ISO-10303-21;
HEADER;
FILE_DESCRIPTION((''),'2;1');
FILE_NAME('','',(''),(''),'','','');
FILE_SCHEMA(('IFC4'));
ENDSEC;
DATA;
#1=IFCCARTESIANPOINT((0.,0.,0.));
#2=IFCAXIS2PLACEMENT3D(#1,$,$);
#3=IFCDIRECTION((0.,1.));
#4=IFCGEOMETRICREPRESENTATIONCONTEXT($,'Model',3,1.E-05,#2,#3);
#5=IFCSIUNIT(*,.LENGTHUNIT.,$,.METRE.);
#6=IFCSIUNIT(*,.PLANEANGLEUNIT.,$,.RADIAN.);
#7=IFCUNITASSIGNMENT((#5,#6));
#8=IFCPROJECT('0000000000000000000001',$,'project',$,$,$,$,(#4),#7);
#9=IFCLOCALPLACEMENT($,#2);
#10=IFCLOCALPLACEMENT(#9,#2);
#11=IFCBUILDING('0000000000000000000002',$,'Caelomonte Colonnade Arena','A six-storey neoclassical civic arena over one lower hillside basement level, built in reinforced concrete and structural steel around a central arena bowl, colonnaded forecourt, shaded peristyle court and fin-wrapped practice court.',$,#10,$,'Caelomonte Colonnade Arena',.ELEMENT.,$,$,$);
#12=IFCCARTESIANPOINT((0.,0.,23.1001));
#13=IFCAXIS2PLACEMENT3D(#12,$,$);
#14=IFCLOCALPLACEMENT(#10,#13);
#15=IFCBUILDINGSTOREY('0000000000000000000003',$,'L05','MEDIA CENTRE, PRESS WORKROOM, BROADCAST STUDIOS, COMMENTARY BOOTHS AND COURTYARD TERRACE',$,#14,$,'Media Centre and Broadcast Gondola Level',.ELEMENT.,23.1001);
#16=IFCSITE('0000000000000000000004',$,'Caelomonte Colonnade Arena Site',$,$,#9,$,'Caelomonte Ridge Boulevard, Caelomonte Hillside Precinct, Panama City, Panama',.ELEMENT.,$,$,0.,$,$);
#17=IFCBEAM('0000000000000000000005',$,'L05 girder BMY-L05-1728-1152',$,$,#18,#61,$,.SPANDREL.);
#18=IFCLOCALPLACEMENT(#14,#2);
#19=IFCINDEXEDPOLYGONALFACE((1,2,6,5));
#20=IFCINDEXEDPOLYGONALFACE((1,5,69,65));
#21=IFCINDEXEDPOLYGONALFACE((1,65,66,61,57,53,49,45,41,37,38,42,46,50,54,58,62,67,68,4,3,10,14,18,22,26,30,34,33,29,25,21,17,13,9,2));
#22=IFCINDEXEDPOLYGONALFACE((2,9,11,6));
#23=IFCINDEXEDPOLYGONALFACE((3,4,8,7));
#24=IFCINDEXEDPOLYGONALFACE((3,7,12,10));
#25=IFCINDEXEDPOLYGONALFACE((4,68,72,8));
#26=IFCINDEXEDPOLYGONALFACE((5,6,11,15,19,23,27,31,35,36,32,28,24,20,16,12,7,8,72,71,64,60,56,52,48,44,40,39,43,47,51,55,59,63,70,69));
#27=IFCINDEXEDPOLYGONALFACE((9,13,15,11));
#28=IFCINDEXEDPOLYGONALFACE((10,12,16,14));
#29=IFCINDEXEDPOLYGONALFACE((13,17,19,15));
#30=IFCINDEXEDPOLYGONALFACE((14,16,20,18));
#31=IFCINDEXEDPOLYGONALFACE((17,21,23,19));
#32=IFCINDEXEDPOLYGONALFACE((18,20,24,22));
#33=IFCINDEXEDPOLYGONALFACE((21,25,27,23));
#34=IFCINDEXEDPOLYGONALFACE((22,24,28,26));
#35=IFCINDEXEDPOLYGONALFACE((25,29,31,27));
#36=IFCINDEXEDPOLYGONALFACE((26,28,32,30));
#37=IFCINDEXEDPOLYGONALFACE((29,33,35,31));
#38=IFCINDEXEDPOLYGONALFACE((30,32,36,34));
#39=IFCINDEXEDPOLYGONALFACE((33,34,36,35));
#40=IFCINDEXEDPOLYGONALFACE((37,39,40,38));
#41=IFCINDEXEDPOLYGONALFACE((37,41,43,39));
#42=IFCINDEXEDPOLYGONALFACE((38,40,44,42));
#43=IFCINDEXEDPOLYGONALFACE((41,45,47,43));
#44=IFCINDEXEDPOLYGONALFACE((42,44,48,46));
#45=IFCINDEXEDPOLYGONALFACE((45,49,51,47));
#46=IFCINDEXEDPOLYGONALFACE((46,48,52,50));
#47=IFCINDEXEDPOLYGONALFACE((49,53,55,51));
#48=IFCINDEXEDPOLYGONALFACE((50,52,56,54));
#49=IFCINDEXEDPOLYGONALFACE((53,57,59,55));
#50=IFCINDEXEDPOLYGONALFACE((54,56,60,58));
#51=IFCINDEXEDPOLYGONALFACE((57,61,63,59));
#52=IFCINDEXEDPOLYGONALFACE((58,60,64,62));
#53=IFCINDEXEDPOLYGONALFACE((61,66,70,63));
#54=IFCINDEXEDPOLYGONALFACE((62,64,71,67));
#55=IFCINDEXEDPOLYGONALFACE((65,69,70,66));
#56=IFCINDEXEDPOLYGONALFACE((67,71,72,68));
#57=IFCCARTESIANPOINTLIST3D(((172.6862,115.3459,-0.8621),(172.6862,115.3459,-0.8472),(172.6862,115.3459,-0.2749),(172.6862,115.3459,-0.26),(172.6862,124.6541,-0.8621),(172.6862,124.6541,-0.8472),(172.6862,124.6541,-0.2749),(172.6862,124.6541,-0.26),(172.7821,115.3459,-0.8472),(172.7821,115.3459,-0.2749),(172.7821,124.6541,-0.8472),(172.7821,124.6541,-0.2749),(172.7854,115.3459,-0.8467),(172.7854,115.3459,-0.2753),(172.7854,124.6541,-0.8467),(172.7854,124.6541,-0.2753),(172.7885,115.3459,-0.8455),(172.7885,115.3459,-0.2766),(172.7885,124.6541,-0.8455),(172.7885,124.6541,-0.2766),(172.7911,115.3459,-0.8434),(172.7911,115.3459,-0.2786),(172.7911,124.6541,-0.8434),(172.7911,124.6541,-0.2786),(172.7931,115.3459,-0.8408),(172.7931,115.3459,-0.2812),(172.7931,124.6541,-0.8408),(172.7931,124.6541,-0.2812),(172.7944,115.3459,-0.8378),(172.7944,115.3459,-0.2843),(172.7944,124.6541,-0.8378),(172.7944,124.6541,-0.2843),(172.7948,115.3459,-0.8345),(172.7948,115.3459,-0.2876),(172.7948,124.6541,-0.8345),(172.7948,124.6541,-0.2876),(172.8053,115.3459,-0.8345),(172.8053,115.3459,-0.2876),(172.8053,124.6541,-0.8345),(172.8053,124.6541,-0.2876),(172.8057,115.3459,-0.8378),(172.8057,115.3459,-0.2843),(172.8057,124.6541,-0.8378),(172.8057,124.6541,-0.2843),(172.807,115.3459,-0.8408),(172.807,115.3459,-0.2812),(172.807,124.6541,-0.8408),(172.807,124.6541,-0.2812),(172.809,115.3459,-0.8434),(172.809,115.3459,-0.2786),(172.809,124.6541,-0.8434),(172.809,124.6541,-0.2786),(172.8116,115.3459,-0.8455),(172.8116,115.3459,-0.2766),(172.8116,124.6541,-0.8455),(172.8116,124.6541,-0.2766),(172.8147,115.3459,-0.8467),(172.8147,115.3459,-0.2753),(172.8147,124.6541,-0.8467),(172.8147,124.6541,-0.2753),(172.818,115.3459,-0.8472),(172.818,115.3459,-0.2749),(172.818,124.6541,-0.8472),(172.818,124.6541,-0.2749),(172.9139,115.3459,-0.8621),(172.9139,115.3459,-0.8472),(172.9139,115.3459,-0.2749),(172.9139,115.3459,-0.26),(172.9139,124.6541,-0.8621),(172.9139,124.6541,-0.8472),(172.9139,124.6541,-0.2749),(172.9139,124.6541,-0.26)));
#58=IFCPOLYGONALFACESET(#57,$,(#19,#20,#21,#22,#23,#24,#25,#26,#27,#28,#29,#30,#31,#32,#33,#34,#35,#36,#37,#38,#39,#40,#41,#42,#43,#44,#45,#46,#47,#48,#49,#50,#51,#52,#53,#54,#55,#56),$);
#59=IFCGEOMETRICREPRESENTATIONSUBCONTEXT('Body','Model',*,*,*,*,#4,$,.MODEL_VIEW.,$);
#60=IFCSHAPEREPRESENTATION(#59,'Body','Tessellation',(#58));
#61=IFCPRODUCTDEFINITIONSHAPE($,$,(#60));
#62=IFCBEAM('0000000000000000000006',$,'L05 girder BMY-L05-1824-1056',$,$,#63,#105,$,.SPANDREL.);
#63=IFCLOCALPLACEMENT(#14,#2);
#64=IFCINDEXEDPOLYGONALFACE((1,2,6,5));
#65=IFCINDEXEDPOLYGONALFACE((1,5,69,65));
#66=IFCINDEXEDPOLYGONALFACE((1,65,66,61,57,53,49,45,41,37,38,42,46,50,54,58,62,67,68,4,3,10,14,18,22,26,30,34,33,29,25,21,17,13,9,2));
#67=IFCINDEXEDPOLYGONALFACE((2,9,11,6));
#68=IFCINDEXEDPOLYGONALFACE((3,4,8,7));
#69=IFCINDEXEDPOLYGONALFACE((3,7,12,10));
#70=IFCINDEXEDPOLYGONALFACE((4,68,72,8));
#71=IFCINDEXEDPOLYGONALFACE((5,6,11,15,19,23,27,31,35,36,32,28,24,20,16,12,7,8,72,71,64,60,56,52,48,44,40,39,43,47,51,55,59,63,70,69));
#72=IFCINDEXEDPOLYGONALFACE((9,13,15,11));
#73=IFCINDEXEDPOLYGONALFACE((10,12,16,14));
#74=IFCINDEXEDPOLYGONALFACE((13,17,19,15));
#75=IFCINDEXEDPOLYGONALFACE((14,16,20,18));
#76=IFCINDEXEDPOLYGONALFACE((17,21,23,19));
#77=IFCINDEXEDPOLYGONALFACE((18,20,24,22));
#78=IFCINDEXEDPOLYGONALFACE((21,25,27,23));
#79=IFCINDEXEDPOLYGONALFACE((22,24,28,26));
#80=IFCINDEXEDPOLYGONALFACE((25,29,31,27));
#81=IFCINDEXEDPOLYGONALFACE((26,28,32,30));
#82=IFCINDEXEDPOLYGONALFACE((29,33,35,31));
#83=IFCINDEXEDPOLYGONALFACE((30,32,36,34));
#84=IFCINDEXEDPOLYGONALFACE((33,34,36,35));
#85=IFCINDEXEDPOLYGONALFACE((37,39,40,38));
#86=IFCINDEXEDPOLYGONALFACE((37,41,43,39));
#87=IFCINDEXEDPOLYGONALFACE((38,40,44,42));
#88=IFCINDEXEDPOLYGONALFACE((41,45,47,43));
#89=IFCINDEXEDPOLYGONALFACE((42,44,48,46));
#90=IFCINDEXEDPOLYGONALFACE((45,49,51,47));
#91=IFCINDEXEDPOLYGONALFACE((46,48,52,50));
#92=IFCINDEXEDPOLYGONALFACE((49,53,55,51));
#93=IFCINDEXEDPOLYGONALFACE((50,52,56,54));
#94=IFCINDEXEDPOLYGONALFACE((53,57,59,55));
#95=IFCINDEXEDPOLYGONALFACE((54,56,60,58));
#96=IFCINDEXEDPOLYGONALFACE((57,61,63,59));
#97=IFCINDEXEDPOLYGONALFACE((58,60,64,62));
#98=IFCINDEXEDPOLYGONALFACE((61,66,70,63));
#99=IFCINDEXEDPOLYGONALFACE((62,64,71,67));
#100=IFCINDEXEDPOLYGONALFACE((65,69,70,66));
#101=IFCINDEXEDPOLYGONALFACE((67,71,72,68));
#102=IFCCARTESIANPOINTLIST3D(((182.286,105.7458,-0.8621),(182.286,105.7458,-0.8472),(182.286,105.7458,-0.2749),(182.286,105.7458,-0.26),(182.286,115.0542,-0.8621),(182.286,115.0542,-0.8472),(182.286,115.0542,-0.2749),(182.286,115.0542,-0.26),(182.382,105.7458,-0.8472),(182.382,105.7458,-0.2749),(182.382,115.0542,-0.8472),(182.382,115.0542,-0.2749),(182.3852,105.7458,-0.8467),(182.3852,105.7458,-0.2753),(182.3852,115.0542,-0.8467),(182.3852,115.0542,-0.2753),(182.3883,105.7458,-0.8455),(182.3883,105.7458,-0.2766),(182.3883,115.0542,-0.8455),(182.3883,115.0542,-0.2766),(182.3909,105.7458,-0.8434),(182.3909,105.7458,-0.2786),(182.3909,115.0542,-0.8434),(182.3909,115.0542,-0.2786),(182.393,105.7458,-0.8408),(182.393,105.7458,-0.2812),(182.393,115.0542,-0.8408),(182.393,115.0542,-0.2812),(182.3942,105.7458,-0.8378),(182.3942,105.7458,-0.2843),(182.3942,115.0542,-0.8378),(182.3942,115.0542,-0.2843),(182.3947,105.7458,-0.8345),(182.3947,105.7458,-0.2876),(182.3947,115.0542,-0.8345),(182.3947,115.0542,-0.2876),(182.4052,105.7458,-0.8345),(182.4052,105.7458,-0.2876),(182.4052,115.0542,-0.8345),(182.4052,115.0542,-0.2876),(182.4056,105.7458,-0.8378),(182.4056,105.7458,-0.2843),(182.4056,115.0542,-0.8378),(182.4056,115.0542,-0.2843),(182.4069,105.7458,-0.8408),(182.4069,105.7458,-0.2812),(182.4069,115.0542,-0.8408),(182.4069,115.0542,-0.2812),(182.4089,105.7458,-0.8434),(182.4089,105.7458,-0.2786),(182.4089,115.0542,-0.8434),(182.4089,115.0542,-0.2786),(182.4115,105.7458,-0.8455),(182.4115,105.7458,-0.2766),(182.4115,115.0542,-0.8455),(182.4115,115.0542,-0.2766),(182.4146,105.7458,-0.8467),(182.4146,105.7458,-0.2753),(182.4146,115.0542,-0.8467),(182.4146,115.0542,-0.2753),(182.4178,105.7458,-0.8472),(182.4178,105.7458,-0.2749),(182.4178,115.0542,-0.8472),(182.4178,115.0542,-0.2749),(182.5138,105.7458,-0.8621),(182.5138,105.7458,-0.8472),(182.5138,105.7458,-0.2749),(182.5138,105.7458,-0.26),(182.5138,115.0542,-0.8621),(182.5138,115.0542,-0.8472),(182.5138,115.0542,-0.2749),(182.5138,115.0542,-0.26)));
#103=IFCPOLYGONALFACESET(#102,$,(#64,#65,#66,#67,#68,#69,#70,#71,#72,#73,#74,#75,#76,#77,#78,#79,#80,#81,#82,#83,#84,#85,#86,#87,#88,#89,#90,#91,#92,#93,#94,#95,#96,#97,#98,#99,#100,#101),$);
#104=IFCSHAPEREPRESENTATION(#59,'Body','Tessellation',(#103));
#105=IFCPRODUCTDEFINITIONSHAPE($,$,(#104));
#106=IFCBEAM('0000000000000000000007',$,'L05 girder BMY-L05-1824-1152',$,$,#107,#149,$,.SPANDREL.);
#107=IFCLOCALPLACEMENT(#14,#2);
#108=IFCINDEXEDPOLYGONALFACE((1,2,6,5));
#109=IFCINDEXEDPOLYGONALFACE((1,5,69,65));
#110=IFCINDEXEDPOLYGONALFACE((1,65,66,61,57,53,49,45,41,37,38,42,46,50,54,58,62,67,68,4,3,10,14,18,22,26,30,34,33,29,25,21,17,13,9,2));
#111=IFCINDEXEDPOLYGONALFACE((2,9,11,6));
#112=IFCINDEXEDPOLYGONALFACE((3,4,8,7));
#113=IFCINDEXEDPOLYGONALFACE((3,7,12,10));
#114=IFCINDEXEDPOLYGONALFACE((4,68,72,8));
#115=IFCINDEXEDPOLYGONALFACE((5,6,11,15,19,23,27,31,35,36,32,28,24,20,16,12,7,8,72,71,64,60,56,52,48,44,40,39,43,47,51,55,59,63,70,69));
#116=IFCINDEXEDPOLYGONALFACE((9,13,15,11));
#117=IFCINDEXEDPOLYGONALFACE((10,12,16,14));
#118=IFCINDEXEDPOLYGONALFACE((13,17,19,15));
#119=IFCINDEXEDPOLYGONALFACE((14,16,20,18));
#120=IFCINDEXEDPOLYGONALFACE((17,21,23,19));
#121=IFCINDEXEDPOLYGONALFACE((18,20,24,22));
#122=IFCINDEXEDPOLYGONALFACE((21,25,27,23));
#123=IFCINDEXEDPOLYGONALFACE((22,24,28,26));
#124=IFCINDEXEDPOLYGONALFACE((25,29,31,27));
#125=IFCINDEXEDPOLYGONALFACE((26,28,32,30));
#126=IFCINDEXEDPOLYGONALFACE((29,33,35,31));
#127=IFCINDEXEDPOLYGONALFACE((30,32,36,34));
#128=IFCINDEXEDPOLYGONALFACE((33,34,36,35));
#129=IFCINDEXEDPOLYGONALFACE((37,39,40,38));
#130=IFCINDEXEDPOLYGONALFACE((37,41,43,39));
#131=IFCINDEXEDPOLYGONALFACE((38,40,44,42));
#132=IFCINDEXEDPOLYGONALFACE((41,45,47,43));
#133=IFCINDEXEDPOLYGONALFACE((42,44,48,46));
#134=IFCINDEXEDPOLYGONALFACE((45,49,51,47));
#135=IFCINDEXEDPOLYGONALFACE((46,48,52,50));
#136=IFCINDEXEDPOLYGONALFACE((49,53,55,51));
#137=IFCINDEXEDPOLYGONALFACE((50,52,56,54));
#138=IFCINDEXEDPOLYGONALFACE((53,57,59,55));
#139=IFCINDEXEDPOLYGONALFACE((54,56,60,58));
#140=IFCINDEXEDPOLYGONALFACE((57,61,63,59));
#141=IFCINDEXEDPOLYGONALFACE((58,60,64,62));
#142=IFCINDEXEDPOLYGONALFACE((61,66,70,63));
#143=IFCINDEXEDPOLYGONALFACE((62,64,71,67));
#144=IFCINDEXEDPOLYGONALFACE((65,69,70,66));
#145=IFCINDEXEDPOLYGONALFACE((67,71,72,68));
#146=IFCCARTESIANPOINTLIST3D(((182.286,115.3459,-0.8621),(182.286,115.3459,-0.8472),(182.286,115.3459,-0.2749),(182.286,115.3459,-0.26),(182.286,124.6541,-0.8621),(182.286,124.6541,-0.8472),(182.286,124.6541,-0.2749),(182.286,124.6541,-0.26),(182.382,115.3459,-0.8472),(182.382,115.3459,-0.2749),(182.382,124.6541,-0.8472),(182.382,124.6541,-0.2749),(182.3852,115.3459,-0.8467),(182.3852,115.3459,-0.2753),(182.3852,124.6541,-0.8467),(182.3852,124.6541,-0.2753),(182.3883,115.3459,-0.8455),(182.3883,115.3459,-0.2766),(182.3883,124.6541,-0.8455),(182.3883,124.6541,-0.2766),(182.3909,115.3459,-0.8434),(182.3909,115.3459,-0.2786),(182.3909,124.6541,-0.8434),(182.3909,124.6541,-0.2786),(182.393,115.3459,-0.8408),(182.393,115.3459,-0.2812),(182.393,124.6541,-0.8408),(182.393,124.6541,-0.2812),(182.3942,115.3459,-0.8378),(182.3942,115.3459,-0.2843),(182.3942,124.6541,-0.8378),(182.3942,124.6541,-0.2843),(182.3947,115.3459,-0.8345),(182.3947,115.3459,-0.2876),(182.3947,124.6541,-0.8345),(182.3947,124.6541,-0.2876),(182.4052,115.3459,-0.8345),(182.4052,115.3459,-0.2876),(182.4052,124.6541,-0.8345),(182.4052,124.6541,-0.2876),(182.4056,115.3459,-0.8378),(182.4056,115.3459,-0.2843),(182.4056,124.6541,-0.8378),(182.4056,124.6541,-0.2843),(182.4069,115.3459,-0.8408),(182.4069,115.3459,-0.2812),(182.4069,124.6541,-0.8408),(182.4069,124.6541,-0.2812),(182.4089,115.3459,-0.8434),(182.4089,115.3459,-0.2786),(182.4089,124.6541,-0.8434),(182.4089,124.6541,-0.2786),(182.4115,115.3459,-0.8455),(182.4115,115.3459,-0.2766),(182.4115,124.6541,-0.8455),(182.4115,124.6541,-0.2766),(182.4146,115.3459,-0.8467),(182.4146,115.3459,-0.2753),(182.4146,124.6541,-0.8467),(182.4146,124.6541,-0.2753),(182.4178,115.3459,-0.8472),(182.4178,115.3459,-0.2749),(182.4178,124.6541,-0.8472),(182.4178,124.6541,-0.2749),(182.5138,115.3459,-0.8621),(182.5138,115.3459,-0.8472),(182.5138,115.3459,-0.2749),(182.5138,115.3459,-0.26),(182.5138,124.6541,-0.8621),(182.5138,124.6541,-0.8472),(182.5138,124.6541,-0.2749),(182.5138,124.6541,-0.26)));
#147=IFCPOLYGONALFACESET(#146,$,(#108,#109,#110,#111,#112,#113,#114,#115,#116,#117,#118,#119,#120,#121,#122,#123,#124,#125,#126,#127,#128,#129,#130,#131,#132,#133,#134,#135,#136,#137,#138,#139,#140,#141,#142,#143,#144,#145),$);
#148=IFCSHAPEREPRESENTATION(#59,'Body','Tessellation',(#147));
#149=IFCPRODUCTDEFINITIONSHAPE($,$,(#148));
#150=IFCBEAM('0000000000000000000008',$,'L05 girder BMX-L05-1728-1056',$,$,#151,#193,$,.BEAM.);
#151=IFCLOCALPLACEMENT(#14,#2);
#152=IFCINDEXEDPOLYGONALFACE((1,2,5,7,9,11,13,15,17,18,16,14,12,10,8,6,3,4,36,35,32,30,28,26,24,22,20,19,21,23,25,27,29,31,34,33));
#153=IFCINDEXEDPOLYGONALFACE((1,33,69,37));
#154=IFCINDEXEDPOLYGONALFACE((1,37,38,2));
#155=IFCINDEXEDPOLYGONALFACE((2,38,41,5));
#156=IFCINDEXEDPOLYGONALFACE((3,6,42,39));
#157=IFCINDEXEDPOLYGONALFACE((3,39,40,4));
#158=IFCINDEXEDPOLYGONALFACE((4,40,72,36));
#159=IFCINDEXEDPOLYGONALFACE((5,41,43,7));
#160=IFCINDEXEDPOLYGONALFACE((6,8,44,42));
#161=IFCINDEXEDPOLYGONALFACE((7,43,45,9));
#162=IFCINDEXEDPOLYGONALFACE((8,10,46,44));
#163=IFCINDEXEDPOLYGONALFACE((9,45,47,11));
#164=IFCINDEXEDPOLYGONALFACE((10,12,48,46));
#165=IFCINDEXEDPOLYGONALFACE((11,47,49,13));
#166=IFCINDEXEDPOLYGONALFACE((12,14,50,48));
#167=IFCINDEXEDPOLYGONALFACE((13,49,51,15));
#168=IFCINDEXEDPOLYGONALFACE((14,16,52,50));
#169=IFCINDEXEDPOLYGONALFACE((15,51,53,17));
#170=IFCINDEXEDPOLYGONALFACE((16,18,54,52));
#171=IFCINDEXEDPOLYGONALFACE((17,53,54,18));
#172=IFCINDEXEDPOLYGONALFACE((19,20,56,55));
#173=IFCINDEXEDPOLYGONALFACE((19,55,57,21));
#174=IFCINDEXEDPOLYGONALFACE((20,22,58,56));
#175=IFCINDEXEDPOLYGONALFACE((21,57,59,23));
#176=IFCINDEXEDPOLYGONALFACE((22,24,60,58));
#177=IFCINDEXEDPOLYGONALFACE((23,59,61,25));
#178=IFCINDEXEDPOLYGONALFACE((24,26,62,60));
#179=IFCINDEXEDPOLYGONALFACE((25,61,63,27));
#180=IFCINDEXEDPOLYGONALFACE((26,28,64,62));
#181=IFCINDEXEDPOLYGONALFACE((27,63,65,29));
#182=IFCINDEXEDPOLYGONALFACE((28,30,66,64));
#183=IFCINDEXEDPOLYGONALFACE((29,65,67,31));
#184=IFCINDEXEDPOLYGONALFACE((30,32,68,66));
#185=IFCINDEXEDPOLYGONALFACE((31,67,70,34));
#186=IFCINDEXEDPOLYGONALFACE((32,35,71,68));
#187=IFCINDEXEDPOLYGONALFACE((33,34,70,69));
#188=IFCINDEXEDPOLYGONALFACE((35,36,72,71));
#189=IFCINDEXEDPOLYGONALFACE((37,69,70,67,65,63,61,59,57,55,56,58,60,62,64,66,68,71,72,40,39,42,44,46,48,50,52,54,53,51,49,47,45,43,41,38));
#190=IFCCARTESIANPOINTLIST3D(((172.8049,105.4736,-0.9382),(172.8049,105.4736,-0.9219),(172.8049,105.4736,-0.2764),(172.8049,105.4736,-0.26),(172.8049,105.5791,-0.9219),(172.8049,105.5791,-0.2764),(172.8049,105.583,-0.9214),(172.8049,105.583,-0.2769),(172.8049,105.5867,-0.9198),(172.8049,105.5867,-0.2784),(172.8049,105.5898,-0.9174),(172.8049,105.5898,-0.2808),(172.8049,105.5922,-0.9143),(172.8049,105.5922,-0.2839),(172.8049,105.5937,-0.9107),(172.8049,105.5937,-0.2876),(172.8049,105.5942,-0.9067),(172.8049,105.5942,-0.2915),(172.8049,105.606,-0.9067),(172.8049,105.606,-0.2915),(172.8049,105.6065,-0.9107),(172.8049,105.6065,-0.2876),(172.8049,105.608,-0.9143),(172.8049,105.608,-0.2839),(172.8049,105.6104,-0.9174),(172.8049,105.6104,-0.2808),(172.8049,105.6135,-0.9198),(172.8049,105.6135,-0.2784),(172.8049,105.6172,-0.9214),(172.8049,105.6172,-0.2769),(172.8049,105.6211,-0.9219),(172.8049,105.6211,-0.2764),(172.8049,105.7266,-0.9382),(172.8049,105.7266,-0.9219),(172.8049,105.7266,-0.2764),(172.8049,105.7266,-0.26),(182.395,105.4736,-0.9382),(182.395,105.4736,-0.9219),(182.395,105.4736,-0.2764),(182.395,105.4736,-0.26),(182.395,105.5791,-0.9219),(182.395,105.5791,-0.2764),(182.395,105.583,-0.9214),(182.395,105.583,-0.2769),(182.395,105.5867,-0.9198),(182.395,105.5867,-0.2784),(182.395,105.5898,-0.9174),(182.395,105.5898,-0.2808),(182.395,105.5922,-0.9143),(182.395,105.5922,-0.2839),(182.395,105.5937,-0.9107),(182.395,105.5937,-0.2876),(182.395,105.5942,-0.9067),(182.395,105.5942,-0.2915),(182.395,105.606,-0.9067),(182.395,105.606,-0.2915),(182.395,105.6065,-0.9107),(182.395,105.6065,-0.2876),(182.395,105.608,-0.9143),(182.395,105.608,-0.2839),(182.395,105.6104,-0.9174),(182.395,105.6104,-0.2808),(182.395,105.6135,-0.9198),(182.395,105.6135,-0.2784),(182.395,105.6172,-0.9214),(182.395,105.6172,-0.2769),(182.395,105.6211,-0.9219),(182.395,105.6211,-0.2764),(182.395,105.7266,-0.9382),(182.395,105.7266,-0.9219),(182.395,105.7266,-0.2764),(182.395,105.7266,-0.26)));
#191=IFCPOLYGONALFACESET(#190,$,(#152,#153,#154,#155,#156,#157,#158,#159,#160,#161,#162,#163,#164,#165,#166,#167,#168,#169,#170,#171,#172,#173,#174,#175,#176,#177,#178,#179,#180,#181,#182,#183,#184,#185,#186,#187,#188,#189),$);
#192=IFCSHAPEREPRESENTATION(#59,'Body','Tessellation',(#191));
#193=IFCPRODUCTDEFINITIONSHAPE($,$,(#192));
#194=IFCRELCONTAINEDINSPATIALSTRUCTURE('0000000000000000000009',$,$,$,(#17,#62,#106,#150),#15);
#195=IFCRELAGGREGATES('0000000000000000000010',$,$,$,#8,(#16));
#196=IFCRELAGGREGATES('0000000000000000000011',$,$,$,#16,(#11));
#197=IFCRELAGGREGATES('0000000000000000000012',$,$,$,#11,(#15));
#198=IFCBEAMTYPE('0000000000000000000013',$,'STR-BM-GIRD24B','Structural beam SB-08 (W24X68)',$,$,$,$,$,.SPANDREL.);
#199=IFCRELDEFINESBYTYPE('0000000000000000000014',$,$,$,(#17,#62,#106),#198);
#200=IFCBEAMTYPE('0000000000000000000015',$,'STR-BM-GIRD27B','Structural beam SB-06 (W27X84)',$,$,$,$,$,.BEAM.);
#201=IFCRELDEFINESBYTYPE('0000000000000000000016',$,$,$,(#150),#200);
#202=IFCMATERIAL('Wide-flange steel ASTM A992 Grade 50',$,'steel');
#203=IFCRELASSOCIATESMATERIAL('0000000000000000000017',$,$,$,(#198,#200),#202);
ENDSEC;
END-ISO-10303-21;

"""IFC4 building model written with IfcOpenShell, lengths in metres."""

from ifc_helpers import new_model, si_unit, direction, frame, origin, origin_2d, place, context, subcontext, project, spatial, i_section, extrude, material, material_profile, profile_set, type_object, element, save


model = new_model("IFC4")

# Units and contexts
model_context = context("Model", 3, precision=1e-05, world=origin(), true_north=direction((0.0, 1.0)))
body_context = subcontext(model_context, "Body", "Model", "MODEL_VIEW")
ifc_project = project(units=[si_unit("LENGTHUNIT", "METRE"), si_unit("PLANEANGLEUNIT", "RADIAN")], contexts=[model_context])

# Site, building, storey
site_placement = place(None, origin())
site = spatial("IfcSite", under=ifc_project, at=site_placement, Name="Caelomonte Colonnade Arena Site", LongName="Caelomonte Ridge Boulevard, Caelomonte Hillside Precinct, Panama City, Panama", CompositionType="ELEMENT", RefElevation=0.0)
building_placement = place(site_placement, origin())
building = spatial("IfcBuilding", under=site, at=building_placement, Name="Caelomonte Colonnade Arena", Description="A six-storey neoclassical civic arena over one lower hillside basement level, built in reinforced concrete and structural steel around a central arena bowl, colonnaded forecourt, shaded peristyle court and fin-wrapped practice court.", LongName="Caelomonte Colonnade Arena", CompositionType="ELEMENT")
storey_placement = place(building_placement, frame((0.0, 0.0, 23.1001)))
storey = spatial("IfcBuildingStorey", under=building, at=storey_placement, Name="L05", Description="MEDIA CENTRE, PRESS WORKROOM, BROADCAST STUDIOS, COMMENTARY BOOTHS AND COURTYARD TERRACE", LongName="Media Centre and Broadcast Gondola Level", CompositionType="ELEMENT", Elevation=23.1001)

# Shared definitions
ifc_material_1 = material(Name="Wide-flange steel ASTM A992 Grade 50", Category="steel")

# Beams
ifc_material_profile_1 = material_profile(ifc_material_1, i_section(OverallWidth=0.2278, OverallDepth=0.6021, WebThickness=0.0105, FlangeThickness=0.0149, FilletRadius=0.0127, at=origin_2d()), Name="W24X68")
ifc_profile_set_1 = profile_set([ifc_material_profile_1], Name="Wide-flange steel ASTM A992 Grade 50")
beam_type_1 = type_object("IfcBeamType", Name="STR-BM-GIRD24B", Description="Structural beam SB-08 (W24X68)", PredefinedType="SPANDREL", material=ifc_profile_set_1)
beam_1_placement = place(storey_placement, frame((172.8, 115.3459, -0.561), z_axis=(0.0, 1.0, 0.0), x_axis=(-1.0, 0.0, 0.0)))
element("IfcBeam", 1, at=beam_1_placement, inside=storey, type_object=beam_type_1, Name="L05 girder BMY-L05-1728-1152", PredefinedType="SPANDREL", context=body_context, shape_type="SweptSolid", body=[
    extrude(i_section(OverallWidth=0.2278, OverallDepth=0.6021, WebThickness=0.0105, FlangeThickness=0.0149, FilletRadius=0.0127, at=origin_2d()), origin(), (0.0, 0.0, 1.0), 9.3081),
])
beam_2_placement = place(storey_placement, frame((182.3999, 105.7458, -0.561), z_axis=(0.0, 1.0, 0.0), x_axis=(-1.0, 0.0, 0.0)))
element("IfcBeam", 2, at=beam_2_placement, inside=storey, type_object=beam_type_1, Name="L05 girder BMY-L05-1824-1056", PredefinedType="SPANDREL", context=body_context, shape_type="SweptSolid", body=[
    extrude(i_section(OverallWidth=0.2278, OverallDepth=0.6021, WebThickness=0.0105, FlangeThickness=0.0149, FilletRadius=0.0127, at=origin_2d()), origin(), (0.0, 0.0, 1.0), 9.3083),
])
beam_3_placement = place(storey_placement, frame((182.3999, 115.3459, -0.561), z_axis=(0.0, 1.0, 0.0), x_axis=(-1.0, 0.0, 0.0)))
element("IfcBeam", 3, at=beam_3_placement, inside=storey, type_object=beam_type_1, Name="L05 girder BMY-L05-1824-1152", PredefinedType="SPANDREL", context=body_context, shape_type="SweptSolid", body=[
    extrude(i_section(OverallWidth=0.2278, OverallDepth=0.6021, WebThickness=0.0105, FlangeThickness=0.0149, FilletRadius=0.0127, at=origin_2d()), origin(), (0.0, 0.0, 1.0), 9.3081),
])
ifc_material_profile_2 = material_profile(ifc_material_1, i_section(OverallWidth=0.2529, OverallDepth=0.6782, WebThickness=0.0117, FlangeThickness=0.0164, FilletRadius=0.0151, at=origin_2d()), Name="W27X84")
ifc_profile_set_2 = profile_set([ifc_material_profile_2], Name="Wide-flange steel ASTM A992 Grade 50")
beam_type_2 = type_object("IfcBeamType", Name="STR-BM-GIRD27B", Description="Structural beam SB-06 (W27X84)", PredefinedType="BEAM", material=ifc_profile_set_2)
for number, where, z_axis, x_axis, name in (
    (4, (172.8049, 105.6001, -0.5991), (1.0, 0.0, 0.0), (0.0, 1.0, 0.0), "L05 girder BMX-L05-1728-1056"),
):
    element("IfcBeam", number, at=place(storey_placement, frame(where, z_axis=z_axis, x_axis=x_axis)), inside=storey, type_object=beam_type_2, Name=name, PredefinedType="BEAM", context=body_context, shape_type="SweptSolid", body=[
        extrude(i_section(OverallWidth=0.2529, OverallDepth=0.6782, WebThickness=0.0117, FlangeThickness=0.0164, FilletRadius=0.0151, at=origin_2d()), origin(), (0.0, 0.0, 1.0), 9.5901),
    ])

save(model, "model.ifc")
